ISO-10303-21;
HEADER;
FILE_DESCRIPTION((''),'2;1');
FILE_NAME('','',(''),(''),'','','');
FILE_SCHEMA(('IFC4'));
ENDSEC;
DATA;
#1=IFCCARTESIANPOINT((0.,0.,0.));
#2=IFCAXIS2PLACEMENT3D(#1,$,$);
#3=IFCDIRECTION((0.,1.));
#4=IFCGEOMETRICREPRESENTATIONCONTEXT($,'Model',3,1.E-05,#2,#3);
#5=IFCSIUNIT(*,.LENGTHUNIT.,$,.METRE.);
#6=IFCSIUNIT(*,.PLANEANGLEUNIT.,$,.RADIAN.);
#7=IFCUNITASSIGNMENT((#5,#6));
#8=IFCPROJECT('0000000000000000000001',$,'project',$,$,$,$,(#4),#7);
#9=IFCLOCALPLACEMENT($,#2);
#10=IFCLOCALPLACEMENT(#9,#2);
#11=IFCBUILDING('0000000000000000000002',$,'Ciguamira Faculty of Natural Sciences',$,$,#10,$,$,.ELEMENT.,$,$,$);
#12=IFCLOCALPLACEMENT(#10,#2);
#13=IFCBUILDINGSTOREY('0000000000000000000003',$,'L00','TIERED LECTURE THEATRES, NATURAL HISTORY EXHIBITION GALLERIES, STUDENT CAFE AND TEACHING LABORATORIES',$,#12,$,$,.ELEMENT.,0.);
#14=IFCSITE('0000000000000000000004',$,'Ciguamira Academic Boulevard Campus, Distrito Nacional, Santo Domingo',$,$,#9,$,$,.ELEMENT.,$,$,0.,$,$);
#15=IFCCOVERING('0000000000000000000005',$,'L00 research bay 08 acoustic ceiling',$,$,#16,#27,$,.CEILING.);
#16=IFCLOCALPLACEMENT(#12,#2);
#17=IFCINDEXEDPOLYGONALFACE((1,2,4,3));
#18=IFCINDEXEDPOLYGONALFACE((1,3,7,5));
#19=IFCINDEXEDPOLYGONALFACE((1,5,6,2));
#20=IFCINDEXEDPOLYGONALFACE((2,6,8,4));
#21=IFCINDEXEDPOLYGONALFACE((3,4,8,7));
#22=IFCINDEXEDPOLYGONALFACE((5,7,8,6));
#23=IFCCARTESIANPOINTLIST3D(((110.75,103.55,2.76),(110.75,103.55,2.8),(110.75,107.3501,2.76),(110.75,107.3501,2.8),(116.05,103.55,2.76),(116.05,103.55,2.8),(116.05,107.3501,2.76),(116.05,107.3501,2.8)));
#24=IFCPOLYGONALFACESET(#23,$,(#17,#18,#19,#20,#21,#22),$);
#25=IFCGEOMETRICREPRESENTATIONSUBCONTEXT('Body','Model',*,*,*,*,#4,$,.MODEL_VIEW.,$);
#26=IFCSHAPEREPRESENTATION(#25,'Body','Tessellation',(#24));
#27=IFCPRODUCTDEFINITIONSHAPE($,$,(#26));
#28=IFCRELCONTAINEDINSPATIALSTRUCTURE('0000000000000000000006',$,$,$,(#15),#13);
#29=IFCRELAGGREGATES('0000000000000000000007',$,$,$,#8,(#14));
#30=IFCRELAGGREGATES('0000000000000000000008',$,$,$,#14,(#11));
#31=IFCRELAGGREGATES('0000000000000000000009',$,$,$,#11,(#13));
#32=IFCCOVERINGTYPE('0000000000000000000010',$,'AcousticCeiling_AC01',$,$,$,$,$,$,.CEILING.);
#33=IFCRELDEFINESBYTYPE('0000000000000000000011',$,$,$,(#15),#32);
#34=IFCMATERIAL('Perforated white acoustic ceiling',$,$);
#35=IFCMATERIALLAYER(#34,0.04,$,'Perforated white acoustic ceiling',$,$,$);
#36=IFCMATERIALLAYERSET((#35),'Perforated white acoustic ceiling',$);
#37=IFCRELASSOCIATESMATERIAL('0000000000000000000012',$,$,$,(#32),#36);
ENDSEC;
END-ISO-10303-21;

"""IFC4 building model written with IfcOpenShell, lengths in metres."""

from ifc_helpers import new_model, si_unit, direction, frame, origin, place, context, subcontext, project, spatial, polyline, outline, extrude, material, layer, layer_set, type_object, element, save


model = new_model("IFC4")

# Units and contexts
model_context = context("Model", 3, precision=1e-05, world=origin(), true_north=direction((0.0, 1.0)))
body_context = subcontext(model_context, "Body", "Model", "MODEL_VIEW")
ifc_project = project(units=[si_unit("LENGTHUNIT", "METRE"), si_unit("PLANEANGLEUNIT", "RADIAN")], contexts=[model_context])

# Site, building, storey
site_placement = place(None, origin())
site = spatial("IfcSite", under=ifc_project, at=site_placement, Name="Ciguamira Academic Boulevard Campus, Distrito Nacional, Santo Domingo", CompositionType="ELEMENT", RefElevation=0.0)
building_placement = place(site_placement, origin())
building = spatial("IfcBuilding", under=site, at=building_placement, Name="Ciguamira Faculty of Natural Sciences", CompositionType="ELEMENT")
storey_placement = place(building_placement, origin())
storey = spatial("IfcBuildingStorey", under=building, at=storey_placement, Name="L00", Description="TIERED LECTURE THEATRES, NATURAL HISTORY EXHIBITION GALLERIES, STUDENT CAFE AND TEACHING LABORATORIES", CompositionType="ELEMENT", Elevation=0.0)

# Covering
ifc_material_1 = material(Name="Perforated white acoustic ceiling")
ifc_layer_1 = layer(ifc_material_1, 0.04, Name="Perforated white acoustic ceiling")
ifc_layer_set_1 = layer_set([ifc_layer_1], Name="Perforated white acoustic ceiling")
covering_type = type_object("IfcCoveringType", Name="AcousticCeiling_AC01", PredefinedType="CEILING", material=ifc_layer_set_1)
covering_1_placement = place(storey_placement, frame((0.0, 0.0, 2.76)))
element("IfcCovering", 1, at=covering_1_placement, inside=storey, type_object=covering_type, Name="L00 research bay 08 acoustic ceiling", PredefinedType="CEILING", context=body_context, shape_type="SweptSolid", body=[
    extrude(outline(polyline([(110.75, 103.55), (116.05, 103.55), (116.05, 107.3501), (110.75, 107.3501), (110.75, 103.55)])), origin(), (0.0, 0.0, 1.0), 0.04),
])

save(model, "model.ifc")
